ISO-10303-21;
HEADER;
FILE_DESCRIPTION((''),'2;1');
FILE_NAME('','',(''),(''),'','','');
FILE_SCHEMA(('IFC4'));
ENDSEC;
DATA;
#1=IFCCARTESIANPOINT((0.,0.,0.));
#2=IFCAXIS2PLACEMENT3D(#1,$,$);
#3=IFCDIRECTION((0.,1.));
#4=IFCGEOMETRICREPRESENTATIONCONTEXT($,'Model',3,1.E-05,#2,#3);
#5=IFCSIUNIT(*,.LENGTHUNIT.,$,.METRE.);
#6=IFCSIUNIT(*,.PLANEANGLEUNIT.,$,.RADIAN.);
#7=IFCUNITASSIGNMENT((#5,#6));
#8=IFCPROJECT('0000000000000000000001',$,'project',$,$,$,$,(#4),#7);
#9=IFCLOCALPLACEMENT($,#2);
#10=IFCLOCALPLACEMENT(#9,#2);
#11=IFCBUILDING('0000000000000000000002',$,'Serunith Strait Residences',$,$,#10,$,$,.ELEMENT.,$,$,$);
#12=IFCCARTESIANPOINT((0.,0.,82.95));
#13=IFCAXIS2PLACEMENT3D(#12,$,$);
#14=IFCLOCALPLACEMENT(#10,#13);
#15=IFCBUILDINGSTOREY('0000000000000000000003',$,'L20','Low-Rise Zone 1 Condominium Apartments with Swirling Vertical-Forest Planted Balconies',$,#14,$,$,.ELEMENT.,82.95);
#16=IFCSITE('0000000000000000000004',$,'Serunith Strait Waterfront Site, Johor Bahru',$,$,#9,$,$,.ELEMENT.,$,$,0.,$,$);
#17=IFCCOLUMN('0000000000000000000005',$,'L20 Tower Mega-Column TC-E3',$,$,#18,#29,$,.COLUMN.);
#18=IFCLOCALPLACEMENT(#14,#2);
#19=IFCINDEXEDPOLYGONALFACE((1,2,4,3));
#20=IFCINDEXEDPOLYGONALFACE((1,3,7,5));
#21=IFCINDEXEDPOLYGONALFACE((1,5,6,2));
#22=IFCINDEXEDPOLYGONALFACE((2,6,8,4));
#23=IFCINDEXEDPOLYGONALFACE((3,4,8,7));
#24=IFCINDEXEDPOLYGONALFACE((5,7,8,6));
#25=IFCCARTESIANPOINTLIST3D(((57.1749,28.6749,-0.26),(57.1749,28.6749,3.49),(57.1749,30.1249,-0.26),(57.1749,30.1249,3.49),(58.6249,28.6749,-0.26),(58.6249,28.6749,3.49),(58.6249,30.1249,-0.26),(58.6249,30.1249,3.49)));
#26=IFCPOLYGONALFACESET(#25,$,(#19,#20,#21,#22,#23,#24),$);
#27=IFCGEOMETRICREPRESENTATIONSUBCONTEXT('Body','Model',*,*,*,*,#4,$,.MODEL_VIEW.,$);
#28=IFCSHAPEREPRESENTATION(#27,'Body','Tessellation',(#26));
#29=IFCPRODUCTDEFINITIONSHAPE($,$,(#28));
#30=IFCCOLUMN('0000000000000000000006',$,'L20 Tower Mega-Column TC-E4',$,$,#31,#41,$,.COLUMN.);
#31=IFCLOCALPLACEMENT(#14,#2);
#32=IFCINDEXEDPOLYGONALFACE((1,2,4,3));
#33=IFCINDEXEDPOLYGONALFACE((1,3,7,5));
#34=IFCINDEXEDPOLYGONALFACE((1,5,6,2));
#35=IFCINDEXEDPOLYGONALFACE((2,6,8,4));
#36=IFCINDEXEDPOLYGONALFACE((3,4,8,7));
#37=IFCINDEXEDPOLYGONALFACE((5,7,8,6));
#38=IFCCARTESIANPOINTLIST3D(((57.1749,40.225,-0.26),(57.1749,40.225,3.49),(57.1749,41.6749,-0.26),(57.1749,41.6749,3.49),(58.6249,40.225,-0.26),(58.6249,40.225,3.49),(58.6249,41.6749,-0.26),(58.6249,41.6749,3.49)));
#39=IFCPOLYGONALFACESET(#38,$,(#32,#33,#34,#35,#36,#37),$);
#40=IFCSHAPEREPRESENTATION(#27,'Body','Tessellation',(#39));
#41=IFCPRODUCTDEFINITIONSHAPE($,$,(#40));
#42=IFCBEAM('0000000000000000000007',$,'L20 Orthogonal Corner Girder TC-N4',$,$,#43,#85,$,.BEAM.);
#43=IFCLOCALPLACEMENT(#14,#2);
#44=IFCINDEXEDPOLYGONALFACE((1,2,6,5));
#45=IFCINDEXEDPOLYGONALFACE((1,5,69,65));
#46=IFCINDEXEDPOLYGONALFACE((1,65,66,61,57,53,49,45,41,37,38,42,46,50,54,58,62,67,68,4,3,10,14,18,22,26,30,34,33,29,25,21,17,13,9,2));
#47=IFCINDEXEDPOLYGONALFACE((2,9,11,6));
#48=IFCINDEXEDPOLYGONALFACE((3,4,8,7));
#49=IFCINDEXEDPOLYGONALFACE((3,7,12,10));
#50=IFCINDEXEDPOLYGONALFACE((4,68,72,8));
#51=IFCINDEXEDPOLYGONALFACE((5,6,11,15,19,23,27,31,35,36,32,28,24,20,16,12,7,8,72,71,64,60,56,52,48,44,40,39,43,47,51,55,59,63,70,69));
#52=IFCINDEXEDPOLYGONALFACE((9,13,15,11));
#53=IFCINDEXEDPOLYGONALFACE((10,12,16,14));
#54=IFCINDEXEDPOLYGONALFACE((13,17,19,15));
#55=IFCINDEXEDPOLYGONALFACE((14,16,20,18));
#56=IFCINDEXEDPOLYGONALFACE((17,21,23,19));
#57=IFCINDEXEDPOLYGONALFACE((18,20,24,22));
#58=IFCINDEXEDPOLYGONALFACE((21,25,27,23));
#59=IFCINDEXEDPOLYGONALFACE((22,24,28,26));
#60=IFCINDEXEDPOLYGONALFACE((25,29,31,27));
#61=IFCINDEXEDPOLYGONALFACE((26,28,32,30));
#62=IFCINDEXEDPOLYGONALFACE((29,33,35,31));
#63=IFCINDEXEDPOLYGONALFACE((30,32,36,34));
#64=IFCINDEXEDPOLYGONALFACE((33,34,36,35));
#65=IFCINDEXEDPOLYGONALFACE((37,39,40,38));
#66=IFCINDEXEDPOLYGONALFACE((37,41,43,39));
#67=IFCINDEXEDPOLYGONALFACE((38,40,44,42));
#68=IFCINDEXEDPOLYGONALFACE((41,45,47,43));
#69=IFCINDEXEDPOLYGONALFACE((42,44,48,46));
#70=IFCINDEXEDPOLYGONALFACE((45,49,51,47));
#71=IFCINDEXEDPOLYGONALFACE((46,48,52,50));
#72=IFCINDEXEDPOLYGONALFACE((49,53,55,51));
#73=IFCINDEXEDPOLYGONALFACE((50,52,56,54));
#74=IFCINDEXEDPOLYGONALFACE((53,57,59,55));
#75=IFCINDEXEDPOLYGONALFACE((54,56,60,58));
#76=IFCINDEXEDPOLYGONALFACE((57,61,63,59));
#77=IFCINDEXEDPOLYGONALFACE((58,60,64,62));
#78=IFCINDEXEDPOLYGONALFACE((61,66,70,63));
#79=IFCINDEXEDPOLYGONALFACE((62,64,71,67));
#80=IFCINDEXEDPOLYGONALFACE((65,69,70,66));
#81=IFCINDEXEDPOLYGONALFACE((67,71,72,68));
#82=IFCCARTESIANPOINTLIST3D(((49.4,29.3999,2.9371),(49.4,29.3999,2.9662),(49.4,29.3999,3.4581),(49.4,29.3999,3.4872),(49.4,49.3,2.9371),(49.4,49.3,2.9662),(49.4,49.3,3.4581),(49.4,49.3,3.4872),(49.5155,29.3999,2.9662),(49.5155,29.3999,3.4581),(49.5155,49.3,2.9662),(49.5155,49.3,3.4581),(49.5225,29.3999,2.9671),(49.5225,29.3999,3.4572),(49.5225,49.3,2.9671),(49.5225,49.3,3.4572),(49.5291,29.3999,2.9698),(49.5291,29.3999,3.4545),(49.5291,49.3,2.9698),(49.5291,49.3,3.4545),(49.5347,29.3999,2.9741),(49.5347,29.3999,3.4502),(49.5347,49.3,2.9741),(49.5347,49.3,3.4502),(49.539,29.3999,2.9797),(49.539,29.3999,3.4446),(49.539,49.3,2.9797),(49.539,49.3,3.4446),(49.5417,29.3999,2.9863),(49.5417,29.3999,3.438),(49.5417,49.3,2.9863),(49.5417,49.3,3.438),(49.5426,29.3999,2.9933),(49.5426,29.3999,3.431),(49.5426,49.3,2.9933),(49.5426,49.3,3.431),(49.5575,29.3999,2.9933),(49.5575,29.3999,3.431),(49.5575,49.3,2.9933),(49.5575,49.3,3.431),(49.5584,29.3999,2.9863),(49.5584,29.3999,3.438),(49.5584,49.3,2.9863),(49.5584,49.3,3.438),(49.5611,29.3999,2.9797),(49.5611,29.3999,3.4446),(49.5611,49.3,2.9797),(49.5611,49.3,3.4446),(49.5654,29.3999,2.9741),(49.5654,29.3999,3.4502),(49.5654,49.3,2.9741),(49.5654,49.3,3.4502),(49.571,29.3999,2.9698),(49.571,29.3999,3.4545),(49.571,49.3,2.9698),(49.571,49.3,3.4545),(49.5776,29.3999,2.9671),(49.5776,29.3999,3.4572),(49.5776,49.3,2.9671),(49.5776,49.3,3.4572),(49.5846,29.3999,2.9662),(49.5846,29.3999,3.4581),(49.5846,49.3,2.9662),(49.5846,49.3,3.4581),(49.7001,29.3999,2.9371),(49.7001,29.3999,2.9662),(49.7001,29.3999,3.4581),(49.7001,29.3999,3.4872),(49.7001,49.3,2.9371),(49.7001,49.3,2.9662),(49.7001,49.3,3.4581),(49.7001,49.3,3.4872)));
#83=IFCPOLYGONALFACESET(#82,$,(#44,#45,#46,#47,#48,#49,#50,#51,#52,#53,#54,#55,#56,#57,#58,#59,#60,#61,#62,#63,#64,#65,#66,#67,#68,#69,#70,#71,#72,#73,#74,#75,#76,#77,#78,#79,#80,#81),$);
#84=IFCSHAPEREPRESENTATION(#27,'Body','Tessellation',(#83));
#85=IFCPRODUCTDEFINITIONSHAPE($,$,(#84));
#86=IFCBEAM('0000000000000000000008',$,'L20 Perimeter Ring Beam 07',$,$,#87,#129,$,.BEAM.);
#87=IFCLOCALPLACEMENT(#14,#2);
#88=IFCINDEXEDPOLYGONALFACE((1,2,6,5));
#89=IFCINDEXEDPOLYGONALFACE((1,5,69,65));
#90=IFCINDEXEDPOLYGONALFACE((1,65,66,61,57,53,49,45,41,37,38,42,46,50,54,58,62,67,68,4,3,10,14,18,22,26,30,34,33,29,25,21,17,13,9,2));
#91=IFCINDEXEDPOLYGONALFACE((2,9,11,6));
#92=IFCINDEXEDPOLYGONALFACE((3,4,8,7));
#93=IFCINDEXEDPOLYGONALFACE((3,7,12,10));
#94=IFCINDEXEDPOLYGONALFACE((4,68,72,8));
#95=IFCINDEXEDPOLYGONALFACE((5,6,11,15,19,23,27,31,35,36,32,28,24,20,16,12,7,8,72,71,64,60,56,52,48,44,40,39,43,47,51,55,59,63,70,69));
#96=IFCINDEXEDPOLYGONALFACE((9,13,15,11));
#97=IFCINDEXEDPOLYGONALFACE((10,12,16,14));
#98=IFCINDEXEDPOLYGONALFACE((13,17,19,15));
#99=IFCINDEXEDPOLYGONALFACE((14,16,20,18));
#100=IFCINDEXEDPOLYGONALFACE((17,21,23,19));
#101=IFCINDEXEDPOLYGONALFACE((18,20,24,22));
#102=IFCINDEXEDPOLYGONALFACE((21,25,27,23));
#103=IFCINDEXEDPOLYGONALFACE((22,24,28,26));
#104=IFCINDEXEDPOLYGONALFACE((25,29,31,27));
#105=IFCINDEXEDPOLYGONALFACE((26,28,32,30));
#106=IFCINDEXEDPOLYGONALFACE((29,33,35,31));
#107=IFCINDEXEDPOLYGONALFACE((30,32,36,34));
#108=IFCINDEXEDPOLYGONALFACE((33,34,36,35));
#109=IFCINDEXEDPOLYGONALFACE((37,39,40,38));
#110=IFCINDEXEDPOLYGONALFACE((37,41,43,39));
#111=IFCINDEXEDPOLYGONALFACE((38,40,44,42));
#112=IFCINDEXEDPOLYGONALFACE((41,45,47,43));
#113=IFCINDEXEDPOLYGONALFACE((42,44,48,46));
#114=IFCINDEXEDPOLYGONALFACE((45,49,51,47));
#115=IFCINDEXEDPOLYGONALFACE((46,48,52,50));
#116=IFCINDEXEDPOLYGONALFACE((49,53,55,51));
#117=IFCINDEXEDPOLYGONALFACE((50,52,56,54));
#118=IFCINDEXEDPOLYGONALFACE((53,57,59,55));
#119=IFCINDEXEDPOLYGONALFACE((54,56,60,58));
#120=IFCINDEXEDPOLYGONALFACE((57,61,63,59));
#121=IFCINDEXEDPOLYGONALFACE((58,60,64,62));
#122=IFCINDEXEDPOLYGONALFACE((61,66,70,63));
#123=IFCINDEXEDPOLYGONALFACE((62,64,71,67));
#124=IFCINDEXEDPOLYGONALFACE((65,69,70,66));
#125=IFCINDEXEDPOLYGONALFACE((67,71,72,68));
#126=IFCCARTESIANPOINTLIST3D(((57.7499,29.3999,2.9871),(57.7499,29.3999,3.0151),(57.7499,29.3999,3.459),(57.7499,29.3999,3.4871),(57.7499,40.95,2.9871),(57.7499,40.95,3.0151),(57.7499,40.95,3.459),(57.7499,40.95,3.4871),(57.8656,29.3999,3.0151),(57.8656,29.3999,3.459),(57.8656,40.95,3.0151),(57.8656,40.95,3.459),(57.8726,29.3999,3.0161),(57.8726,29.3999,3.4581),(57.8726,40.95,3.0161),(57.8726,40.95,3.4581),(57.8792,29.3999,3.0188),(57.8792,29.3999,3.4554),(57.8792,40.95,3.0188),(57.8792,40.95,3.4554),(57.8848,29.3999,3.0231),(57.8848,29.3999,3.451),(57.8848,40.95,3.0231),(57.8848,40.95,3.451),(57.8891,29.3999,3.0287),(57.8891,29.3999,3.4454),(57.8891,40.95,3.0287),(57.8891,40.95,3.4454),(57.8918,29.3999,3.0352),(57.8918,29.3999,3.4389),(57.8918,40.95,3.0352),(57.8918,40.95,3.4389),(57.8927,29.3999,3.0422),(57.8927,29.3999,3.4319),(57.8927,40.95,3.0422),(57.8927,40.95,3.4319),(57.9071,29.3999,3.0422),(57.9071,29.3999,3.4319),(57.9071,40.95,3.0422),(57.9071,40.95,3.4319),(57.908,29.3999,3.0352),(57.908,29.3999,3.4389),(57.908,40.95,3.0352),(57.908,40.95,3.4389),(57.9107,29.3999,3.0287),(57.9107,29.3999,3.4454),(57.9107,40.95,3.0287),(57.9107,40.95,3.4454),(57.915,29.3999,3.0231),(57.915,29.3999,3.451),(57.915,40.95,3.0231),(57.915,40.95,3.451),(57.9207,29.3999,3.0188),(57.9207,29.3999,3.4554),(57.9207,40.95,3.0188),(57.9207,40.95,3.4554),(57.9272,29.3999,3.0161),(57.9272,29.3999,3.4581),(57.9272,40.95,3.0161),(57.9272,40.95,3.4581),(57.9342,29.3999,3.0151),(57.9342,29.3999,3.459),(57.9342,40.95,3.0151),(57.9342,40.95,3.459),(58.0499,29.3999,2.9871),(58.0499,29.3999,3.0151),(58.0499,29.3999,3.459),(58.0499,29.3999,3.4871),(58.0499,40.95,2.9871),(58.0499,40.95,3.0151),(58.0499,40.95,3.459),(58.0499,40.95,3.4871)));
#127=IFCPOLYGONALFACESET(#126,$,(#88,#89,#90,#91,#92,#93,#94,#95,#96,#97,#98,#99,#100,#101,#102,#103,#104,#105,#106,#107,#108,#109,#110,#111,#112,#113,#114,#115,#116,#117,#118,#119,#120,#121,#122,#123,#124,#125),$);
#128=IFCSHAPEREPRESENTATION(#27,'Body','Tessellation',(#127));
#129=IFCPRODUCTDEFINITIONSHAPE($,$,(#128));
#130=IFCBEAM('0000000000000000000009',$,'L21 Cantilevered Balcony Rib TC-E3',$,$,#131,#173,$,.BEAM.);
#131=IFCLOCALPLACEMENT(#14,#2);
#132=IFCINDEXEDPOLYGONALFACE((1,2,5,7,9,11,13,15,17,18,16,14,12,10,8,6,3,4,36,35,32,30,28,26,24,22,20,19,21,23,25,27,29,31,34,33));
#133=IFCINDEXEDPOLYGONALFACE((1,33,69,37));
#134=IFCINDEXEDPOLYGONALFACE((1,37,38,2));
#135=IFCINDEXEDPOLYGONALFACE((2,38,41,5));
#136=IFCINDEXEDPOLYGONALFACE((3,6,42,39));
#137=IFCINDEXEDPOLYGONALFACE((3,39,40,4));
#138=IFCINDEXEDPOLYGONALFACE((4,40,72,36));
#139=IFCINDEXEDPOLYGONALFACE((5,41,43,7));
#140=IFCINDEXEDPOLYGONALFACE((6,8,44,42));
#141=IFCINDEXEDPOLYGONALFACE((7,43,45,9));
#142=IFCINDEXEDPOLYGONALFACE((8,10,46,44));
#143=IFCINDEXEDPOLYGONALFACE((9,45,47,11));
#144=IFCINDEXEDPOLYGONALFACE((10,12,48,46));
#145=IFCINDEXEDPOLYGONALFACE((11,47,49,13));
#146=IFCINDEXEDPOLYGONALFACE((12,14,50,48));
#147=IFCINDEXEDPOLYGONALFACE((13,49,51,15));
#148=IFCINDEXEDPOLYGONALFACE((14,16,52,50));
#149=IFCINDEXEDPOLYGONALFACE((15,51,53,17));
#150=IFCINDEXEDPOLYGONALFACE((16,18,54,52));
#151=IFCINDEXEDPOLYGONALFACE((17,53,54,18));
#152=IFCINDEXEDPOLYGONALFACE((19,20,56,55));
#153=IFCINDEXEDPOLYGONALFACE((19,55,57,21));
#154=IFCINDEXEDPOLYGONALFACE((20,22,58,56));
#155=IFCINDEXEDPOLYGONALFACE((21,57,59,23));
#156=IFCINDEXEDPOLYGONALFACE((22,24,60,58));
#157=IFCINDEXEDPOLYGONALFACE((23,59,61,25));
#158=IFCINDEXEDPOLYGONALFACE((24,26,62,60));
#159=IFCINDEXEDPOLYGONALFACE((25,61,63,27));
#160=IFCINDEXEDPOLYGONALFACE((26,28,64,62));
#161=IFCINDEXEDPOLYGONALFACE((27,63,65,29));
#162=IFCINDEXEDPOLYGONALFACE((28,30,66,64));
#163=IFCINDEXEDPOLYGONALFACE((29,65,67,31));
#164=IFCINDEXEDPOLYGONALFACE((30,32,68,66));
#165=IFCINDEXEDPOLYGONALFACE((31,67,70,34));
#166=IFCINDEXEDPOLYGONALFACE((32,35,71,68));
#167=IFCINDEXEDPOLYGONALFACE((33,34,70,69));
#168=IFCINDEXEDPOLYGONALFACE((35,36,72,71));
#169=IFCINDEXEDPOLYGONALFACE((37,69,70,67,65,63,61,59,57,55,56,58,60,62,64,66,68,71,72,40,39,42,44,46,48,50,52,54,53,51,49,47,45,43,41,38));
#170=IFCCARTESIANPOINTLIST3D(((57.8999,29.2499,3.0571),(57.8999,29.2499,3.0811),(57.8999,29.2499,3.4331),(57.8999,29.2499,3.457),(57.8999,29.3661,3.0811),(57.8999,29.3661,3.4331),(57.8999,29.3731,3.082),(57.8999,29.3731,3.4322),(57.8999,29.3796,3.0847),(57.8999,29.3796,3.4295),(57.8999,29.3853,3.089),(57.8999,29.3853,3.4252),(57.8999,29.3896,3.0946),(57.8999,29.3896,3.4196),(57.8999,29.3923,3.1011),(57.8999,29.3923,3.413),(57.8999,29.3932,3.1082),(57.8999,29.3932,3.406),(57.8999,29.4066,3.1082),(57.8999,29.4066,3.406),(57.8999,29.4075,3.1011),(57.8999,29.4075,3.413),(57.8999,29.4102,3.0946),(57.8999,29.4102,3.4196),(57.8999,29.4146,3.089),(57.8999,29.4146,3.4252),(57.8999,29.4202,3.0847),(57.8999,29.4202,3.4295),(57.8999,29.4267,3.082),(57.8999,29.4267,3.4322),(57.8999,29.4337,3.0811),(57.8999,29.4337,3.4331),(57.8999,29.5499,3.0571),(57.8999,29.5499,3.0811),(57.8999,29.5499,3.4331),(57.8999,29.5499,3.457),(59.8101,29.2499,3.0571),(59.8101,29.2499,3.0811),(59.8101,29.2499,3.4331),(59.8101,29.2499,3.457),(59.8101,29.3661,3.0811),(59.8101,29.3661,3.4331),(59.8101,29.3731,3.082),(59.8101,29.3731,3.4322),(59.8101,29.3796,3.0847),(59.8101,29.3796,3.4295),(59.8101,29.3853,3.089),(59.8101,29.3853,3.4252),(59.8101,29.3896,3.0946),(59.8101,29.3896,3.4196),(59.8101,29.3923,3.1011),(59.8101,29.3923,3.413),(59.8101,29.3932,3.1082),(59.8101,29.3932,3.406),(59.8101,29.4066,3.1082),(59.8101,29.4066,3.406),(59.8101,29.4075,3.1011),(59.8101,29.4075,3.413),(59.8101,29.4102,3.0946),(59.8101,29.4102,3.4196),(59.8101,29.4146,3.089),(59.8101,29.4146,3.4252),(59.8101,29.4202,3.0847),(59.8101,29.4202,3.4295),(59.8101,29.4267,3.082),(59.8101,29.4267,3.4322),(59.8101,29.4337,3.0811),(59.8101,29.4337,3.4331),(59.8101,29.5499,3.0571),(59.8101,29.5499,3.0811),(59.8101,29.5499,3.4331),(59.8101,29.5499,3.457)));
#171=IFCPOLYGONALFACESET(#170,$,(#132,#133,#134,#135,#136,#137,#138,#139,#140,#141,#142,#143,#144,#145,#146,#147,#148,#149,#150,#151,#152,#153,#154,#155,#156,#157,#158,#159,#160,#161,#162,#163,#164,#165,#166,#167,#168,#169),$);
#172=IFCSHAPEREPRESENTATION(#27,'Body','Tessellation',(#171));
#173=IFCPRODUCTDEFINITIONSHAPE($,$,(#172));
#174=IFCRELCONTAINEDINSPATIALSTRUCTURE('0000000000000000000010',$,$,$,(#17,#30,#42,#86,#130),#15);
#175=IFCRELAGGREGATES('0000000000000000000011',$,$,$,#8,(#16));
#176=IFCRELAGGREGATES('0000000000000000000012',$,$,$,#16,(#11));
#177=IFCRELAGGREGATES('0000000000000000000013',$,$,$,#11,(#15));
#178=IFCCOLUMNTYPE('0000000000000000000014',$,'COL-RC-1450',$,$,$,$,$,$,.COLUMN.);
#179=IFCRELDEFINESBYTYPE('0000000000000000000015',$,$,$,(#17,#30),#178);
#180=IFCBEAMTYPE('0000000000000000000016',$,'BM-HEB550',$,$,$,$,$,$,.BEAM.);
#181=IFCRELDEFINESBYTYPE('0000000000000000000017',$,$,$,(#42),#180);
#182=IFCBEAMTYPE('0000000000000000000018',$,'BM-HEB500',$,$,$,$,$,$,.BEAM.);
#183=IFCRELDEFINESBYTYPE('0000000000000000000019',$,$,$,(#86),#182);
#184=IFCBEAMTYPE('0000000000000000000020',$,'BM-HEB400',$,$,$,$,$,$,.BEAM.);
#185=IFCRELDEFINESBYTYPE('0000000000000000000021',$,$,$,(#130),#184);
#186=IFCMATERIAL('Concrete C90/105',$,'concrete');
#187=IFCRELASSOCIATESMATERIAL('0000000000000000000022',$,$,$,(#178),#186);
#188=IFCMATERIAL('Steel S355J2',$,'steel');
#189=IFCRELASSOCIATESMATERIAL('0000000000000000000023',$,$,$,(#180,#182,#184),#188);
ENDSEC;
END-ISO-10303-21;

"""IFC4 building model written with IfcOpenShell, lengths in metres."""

from ifc_helpers import new_model, si_unit, direction, frame, origin, origin_2d, place, context, subcontext, project, spatial, rectangle, i_section, extrude, source, transform, mapped, material, material_profile, profile_set, type_object, element, save


model = new_model("IFC4")

# Units and contexts
model_context = context("Model", 3, precision=1e-05, world=origin(), true_north=direction((0.0, 1.0)))
body_context = subcontext(model_context, "Body", "Model", "MODEL_VIEW")
ifc_project = project(units=[si_unit("LENGTHUNIT", "METRE"), si_unit("PLANEANGLEUNIT", "RADIAN")], contexts=[model_context])

# Site, building, storey
site_placement = place(None, origin())
site = spatial("IfcSite", under=ifc_project, at=site_placement, Name="Serunith Strait Waterfront Site, Johor Bahru", CompositionType="ELEMENT", RefElevation=0.0)
building_placement = place(site_placement, origin())
building = spatial("IfcBuilding", under=site, at=building_placement, Name="Serunith Strait Residences", CompositionType="ELEMENT")
storey_placement = place(building_placement, frame((0.0, 0.0, 82.95)))
storey = spatial("IfcBuildingStorey", under=building, at=storey_placement, Name="L20", Description="Low-Rise Zone 1 Condominium Apartments with Swirling Vertical-Forest Planted Balconies", CompositionType="ELEMENT", Elevation=82.95)

# Columns
ifc_material_1 = material(Name="Concrete C90/105", Category="concrete")
ifc_material_profile_1 = material_profile(ifc_material_1, rectangle(XDim=1.45, YDim=1.45, at=origin_2d()), Name="RC 1450x1450")
ifc_profile_set_1 = profile_set([ifc_material_profile_1], Name="Concrete C90/105")
column_type = type_object("IfcColumnType", Name="COL-RC-1450", PredefinedType="COLUMN", material=ifc_profile_set_1)
shared_shape_1 = source(origin(), body_context, "Body", "SweptSolid", [
    extrude(rectangle(XDim=1.45, YDim=1.45, at=origin_2d()), origin(), (0.0, 0.0, 1.0), 3.75),
])
for number, where, z_axis, x_axis, name in (
    (1, (57.8999, 29.3999, -0.26), (0.0, 0.0, 1.0), (1.0, 0.0, 0.0), "L20 Tower Mega-Column TC-E3"),
    (2, (57.8999, 40.95, -0.26), (0.0, 0.0, 1.0), (1.0, 0.0, 0.0), "L20 Tower Mega-Column TC-E4"),
):
    element("IfcColumn", number, at=place(storey_placement, frame(where, z_axis=z_axis, x_axis=x_axis)), inside=storey, type_object=column_type, Name=name, PredefinedType="COLUMN", context=body_context, shape_type="MappedRepresentation", body=[
        mapped(shared_shape_1, transform((0.0, 0.0, 0.0), scale=1.0)),
    ])

# Beams
ifc_material_2 = material(Name="Steel S355J2", Category="steel")
ifc_material_profile_2 = material_profile(ifc_material_2, i_section(OverallWidth=0.3, OverallDepth=0.55, WebThickness=0.0149, FlangeThickness=0.0291, FilletRadius=0.0271, at=origin_2d()), Name="HEB 550")
ifc_profile_set_2 = profile_set([ifc_material_profile_2], Name="Steel S355J2")
beam_type_1 = type_object("IfcBeamType", Name="BM-HEB550", PredefinedType="BEAM", material=ifc_profile_set_2)
shared_shape_2 = source(origin(), body_context, "Body", "SweptSolid", [
    extrude(i_section(OverallWidth=0.3, OverallDepth=0.55, WebThickness=0.0149, FlangeThickness=0.0291, FilletRadius=0.0271, at=origin_2d()), origin(), (0.0, 0.0, 1.0), 19.9001),
])
beam_1_placement = place(storey_placement, frame((49.55, 29.3999, 3.2122), z_axis=(0.0, 1.0, 0.0), x_axis=(-1.0, 0.0, 0.0)))
element("IfcBeam", 3, at=beam_1_placement, inside=storey, type_object=beam_type_1, Name="L20 Orthogonal Corner Girder TC-N4", PredefinedType="BEAM", context=body_context, shape_type="MappedRepresentation", body=[
    mapped(shared_shape_2, transform((0.0, 0.0, 0.0), scale=1.0)),
])
ifc_material_profile_3 = material_profile(ifc_material_2, i_section(OverallWidth=0.3, OverallDepth=0.5, WebThickness=0.0144, FlangeThickness=0.0281, FilletRadius=0.0271, at=origin_2d()), Name="HEB 500")
ifc_profile_set_3 = profile_set([ifc_material_profile_3], Name="Steel S355J2")
beam_type_2 = type_object("IfcBeamType", Name="BM-HEB500", PredefinedType="BEAM", material=ifc_profile_set_3)
shared_shape_3 = source(origin(), body_context, "Body", "SweptSolid", [
    extrude(i_section(OverallWidth=0.3, OverallDepth=0.5, WebThickness=0.0144, FlangeThickness=0.0281, FilletRadius=0.0271, at=origin_2d()), origin(), (0.0, 0.0, 1.0), 11.55),
])
beam_2_placement = place(storey_placement, frame((57.8999, 29.3999, 3.2371), z_axis=(0.0, 1.0, 0.0), x_axis=(-1.0, 0.0, 0.0)))
element("IfcBeam", 4, at=beam_2_placement, inside=storey, type_object=beam_type_2, Name="L20 Perimeter Ring Beam 07", PredefinedType="BEAM", context=body_context, shape_type="MappedRepresentation", body=[
    mapped(shared_shape_3, transform((0.0, 0.0, 0.0), scale=1.0)),
])
ifc_material_profile_4 = material_profile(ifc_material_2, i_section(OverallWidth=0.3, OverallDepth=0.3999, WebThickness=0.0134, FlangeThickness=0.0239, FilletRadius=0.0271, at=origin_2d()), Name="HEB 400")
ifc_profile_set_4 = profile_set([ifc_material_profile_4], Name="Steel S355J2")
beam_type_3 = type_object("IfcBeamType", Name="BM-HEB400", PredefinedType="BEAM", material=ifc_profile_set_4)
shared_shape_4 = source(origin(), body_context, "Body", "SweptSolid", [
    extrude(i_section(OverallWidth=0.3, OverallDepth=0.3999, WebThickness=0.0134, FlangeThickness=0.0239, FilletRadius=0.0271, at=origin_2d()), origin(), (0.0, 0.0, 1.0), 1.9102),
])
beam_3_placement = place(storey_placement, frame((57.8999, 29.3999, 3.2571), z_axis=(1.0, 0.0, 0.0), x_axis=(0.0, 1.0, 0.0)))
element("IfcBeam", 5, at=beam_3_placement, inside=storey, type_object=beam_type_3, Name="L21 Cantilevered Balcony Rib TC-E3", PredefinedType="BEAM", context=body_context, shape_type="MappedRepresentation", body=[
    mapped(shared_shape_4, transform((0.0, 0.0, 0.0), scale=1.0)),
])

save(model, "model.ifc")
